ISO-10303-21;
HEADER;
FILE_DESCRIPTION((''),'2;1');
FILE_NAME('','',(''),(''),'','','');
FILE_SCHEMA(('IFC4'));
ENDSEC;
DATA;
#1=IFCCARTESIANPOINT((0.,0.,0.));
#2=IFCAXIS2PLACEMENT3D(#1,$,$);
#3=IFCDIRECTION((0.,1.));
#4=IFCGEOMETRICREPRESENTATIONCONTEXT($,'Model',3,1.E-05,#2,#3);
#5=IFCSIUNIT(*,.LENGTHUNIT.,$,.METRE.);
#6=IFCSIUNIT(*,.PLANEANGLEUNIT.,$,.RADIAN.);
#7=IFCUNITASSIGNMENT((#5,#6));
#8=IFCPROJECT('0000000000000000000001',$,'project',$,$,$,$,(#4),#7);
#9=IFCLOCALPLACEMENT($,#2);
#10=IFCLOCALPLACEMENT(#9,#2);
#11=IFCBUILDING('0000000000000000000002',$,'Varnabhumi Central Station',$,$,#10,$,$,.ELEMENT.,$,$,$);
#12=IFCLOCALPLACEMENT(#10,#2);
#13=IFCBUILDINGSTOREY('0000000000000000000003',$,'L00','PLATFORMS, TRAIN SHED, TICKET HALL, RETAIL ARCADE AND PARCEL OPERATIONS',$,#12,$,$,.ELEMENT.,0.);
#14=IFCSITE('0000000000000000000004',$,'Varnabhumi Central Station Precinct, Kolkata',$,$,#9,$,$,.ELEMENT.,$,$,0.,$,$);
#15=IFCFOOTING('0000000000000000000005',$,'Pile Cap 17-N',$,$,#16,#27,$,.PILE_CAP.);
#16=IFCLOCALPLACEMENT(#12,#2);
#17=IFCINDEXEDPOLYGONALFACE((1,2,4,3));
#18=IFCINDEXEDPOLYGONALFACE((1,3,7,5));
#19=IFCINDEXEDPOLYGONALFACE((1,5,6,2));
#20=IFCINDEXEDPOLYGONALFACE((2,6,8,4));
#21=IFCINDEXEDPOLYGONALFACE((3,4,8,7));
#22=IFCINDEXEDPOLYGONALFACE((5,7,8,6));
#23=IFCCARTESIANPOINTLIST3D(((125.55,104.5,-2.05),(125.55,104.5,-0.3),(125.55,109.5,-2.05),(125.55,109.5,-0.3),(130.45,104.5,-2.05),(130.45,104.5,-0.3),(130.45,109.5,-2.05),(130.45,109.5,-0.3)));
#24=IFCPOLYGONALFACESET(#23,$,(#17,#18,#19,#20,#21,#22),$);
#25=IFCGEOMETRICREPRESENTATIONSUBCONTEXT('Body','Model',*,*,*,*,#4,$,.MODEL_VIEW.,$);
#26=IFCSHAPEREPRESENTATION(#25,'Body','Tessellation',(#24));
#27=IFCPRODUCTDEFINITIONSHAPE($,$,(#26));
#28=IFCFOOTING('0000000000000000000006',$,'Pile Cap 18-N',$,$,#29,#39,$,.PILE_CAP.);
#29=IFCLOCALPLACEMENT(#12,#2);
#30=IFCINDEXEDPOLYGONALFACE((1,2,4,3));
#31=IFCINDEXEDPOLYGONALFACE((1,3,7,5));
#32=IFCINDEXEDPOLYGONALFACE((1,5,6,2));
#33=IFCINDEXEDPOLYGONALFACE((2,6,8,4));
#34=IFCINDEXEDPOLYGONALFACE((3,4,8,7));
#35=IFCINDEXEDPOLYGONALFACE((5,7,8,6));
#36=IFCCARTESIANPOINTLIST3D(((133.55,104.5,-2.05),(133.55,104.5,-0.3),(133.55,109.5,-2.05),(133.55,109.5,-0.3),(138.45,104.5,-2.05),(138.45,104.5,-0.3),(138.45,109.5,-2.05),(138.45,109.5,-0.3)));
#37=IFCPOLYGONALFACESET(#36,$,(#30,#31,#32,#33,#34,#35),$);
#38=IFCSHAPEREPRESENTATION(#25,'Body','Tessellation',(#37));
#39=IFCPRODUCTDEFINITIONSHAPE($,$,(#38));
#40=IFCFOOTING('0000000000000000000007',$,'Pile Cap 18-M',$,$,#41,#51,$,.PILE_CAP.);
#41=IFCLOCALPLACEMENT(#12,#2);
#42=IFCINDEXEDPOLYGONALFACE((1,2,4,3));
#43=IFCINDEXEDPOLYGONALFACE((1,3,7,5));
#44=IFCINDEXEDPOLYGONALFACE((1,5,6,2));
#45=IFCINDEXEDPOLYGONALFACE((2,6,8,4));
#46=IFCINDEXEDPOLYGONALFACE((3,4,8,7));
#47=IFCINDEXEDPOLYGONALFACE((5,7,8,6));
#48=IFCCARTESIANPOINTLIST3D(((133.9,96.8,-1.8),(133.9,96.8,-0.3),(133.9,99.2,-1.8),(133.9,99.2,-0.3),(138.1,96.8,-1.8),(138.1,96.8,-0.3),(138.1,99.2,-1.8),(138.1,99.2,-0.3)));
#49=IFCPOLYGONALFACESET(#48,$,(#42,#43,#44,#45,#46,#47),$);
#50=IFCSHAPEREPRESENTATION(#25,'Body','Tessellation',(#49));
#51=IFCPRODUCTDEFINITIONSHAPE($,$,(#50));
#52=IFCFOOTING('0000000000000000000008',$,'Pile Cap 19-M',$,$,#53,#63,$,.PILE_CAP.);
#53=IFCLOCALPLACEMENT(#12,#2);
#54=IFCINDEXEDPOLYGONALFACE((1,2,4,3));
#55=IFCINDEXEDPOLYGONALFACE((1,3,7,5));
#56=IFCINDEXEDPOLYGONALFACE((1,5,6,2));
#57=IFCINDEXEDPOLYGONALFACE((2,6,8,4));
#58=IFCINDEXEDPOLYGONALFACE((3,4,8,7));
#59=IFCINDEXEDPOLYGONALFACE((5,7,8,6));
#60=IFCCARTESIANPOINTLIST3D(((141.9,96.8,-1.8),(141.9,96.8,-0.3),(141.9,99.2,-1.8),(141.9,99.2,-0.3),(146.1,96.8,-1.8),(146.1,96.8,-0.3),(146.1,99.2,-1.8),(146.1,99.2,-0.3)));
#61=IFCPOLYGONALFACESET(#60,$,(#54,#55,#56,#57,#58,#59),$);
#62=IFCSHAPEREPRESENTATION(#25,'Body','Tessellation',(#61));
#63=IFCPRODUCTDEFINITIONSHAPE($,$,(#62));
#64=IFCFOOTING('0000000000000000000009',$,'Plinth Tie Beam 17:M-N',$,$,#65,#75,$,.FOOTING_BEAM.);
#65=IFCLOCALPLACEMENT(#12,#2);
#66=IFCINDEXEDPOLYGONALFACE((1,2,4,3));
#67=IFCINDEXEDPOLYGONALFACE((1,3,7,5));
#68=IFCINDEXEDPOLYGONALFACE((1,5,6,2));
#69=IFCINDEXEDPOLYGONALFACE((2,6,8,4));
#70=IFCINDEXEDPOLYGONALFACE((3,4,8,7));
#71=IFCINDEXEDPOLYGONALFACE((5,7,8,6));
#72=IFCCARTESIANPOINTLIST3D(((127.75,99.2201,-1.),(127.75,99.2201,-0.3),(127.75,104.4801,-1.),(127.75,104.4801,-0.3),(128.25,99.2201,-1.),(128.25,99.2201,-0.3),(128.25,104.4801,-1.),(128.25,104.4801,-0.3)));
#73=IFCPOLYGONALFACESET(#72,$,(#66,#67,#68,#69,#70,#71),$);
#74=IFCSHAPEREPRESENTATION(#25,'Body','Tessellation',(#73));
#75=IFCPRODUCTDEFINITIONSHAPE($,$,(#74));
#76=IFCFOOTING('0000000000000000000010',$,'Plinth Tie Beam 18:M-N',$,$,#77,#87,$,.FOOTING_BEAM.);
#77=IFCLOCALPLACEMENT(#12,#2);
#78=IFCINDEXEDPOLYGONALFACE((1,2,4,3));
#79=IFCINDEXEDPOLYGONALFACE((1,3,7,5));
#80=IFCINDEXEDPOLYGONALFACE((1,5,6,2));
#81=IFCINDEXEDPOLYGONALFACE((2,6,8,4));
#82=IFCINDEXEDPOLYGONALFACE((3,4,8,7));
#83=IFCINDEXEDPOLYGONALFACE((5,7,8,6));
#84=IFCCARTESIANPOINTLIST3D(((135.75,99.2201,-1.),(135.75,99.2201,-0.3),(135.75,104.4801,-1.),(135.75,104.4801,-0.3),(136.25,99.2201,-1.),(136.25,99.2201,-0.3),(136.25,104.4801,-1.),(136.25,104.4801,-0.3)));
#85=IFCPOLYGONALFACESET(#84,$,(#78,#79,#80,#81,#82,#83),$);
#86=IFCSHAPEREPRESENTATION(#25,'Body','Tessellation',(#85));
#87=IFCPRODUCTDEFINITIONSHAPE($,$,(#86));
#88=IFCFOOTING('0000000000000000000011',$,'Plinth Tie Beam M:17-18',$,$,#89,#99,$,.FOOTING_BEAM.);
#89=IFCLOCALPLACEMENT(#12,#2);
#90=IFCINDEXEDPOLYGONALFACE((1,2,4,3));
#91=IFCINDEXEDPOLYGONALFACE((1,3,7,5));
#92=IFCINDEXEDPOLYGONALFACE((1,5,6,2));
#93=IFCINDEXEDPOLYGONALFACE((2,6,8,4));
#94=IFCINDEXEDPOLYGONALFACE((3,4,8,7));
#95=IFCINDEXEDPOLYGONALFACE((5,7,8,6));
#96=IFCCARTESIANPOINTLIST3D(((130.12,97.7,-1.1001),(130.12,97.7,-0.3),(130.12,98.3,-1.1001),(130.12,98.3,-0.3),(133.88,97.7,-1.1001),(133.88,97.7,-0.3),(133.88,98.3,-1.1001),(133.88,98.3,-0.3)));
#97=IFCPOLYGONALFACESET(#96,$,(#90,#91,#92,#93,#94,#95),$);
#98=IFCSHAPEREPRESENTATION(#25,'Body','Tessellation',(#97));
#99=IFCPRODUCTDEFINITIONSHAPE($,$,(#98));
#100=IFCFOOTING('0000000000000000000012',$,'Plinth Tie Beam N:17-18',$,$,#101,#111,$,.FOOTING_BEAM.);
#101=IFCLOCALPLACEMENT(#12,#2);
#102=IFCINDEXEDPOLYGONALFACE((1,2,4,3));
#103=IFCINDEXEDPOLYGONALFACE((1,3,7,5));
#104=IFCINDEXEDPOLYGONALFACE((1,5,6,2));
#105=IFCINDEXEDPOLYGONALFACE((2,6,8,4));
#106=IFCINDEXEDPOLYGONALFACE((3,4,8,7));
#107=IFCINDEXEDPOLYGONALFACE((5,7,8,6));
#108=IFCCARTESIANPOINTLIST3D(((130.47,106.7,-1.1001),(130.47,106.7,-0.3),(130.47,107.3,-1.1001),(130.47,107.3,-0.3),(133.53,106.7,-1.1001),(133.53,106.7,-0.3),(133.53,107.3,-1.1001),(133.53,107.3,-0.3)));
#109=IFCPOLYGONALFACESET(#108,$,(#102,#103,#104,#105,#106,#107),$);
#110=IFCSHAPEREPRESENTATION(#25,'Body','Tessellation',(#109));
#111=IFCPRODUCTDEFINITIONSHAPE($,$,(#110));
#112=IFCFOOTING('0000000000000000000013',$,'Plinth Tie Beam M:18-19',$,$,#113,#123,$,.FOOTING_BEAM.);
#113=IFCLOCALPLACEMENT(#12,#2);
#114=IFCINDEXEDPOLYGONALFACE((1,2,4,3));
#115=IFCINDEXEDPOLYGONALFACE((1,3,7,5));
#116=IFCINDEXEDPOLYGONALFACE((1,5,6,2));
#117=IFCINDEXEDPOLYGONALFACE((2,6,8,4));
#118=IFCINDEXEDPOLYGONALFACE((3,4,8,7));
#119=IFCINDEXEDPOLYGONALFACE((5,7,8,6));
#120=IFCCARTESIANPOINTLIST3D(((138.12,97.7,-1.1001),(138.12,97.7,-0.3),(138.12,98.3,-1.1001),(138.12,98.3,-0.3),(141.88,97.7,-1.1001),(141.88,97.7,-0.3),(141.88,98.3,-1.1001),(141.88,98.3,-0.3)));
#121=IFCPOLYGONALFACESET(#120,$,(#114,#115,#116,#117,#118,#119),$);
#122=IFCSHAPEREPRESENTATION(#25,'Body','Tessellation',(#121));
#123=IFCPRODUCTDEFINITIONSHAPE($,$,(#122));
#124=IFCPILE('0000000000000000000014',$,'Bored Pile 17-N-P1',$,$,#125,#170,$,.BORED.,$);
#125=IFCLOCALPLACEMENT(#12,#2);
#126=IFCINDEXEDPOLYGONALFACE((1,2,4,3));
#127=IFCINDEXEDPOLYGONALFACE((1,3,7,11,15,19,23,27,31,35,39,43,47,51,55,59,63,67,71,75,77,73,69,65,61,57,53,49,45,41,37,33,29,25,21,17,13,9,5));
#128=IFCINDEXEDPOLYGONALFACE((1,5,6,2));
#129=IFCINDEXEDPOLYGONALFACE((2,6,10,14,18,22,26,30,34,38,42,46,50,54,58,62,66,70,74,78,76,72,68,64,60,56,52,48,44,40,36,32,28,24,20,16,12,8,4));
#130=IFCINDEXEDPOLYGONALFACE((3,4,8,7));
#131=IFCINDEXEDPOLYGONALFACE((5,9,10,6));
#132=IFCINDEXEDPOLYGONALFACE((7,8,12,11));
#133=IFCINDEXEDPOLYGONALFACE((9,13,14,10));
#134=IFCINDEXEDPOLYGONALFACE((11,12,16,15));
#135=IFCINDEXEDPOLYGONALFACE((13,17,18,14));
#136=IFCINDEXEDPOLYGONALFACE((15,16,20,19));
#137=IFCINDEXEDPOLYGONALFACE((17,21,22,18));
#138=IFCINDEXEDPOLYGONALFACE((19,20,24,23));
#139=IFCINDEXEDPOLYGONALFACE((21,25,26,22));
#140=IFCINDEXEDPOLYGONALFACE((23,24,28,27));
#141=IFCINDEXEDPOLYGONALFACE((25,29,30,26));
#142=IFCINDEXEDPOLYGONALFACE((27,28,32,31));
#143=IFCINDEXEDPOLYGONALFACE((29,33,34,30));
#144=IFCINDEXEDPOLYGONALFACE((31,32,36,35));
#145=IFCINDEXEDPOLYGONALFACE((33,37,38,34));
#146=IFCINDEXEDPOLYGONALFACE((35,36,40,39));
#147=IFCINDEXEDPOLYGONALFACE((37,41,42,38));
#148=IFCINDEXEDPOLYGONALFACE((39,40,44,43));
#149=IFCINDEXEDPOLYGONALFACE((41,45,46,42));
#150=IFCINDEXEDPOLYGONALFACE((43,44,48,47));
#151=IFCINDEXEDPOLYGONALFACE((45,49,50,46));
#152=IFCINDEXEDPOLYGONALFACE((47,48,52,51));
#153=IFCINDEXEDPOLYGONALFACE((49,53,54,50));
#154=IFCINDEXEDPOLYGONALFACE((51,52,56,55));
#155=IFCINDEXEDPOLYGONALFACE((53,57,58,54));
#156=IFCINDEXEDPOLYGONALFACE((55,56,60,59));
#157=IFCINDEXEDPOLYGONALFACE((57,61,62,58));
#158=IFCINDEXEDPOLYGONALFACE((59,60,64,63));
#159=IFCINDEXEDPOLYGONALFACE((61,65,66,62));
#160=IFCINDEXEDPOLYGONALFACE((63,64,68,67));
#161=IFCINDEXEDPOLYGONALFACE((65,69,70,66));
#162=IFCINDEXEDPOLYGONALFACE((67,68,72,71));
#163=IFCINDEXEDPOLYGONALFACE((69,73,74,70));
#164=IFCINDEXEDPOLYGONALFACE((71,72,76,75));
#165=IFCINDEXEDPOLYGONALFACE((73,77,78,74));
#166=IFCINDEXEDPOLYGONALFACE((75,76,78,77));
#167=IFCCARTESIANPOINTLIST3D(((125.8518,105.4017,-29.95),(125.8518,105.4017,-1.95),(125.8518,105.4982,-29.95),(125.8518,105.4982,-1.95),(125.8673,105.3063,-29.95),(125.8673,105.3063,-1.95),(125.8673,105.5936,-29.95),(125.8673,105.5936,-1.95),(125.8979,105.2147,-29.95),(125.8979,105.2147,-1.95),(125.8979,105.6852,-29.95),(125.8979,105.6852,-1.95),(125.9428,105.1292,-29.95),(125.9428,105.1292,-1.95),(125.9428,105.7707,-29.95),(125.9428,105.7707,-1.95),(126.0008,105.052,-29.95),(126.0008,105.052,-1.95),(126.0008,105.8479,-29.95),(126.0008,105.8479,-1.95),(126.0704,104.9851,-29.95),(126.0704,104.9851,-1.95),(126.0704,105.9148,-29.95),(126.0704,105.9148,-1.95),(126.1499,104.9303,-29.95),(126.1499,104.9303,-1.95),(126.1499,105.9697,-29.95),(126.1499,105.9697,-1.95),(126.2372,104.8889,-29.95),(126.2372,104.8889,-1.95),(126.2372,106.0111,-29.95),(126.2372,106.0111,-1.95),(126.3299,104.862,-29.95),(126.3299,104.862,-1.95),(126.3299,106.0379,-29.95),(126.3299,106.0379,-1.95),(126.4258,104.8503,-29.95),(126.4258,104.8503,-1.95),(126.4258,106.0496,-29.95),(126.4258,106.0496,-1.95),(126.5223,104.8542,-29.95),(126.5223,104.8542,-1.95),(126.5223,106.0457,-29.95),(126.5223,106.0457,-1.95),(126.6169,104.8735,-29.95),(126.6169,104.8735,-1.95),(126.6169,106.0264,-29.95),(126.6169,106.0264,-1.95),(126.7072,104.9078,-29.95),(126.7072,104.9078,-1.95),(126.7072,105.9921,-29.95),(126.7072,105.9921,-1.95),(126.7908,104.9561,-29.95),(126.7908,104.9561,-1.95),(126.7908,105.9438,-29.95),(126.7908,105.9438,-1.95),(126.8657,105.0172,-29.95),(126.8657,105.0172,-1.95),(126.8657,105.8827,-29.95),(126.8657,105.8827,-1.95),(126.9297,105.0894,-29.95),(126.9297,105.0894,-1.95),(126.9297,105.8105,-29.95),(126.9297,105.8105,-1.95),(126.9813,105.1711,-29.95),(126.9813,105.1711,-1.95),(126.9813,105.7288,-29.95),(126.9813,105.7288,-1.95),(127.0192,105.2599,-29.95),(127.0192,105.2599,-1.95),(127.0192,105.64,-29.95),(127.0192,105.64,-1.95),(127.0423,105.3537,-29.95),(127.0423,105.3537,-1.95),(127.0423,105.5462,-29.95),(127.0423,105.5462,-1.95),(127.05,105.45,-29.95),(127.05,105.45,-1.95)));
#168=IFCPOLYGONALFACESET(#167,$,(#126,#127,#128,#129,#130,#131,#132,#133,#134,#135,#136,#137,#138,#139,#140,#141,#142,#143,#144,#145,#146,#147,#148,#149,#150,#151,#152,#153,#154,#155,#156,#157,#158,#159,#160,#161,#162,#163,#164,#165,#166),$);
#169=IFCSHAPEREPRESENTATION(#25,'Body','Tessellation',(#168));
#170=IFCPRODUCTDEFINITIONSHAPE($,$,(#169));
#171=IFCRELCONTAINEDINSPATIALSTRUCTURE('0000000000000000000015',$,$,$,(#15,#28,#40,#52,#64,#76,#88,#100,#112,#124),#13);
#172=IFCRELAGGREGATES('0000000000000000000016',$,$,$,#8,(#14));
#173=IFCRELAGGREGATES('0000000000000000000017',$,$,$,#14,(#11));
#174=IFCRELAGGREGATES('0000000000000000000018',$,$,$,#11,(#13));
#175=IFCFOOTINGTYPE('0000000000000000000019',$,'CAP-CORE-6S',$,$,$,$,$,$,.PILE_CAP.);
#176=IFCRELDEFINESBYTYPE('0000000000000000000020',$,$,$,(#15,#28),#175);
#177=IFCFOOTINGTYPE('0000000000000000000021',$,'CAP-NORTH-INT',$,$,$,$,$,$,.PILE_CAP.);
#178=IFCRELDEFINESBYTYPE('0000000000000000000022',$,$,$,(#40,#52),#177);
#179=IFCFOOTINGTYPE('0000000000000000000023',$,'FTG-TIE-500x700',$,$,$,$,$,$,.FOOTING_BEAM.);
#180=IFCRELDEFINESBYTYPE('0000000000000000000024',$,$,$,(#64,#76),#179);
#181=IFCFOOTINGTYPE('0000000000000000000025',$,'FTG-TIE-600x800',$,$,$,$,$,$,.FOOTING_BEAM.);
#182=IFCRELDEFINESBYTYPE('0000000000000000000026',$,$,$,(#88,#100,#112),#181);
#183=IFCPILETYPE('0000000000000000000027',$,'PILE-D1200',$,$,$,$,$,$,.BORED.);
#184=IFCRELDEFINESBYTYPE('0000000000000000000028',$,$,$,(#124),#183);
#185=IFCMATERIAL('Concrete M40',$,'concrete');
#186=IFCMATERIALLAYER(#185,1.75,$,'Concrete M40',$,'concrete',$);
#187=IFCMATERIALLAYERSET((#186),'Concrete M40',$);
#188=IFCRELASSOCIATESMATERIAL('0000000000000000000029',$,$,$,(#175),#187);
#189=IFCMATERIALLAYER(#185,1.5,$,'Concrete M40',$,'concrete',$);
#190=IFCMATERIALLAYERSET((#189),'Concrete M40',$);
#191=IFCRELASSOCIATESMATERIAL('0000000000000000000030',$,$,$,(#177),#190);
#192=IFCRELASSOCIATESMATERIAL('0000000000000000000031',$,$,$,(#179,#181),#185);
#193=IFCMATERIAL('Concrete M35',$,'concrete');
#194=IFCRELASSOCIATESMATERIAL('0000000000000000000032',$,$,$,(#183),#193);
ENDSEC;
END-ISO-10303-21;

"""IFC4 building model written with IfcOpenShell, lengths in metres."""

from ifc_helpers import new_model, si_unit, direction, frame, origin, origin_2d, place, context, subcontext, project, spatial, rectangle, circle, extrude, material, layer, layer_set, material_profile, profile_set, type_object, element, save


model = new_model("IFC4")

# Units and contexts
model_context = context("Model", 3, precision=1e-05, world=origin(), true_north=direction((0.0, 1.0)))
body_context = subcontext(model_context, "Body", "Model", "MODEL_VIEW")
ifc_project = project(units=[si_unit("LENGTHUNIT", "METRE"), si_unit("PLANEANGLEUNIT", "RADIAN")], contexts=[model_context])

# Site, building, storey
site_placement = place(None, origin())
site = spatial("IfcSite", under=ifc_project, at=site_placement, Name="Varnabhumi Central Station Precinct, Kolkata", CompositionType="ELEMENT", RefElevation=0.0)
building_placement = place(site_placement, origin())
building = spatial("IfcBuilding", under=site, at=building_placement, Name="Varnabhumi Central Station", CompositionType="ELEMENT")
storey_placement = place(building_placement, origin())
storey = spatial("IfcBuildingStorey", under=building, at=storey_placement, Name="L00", Description="PLATFORMS, TRAIN SHED, TICKET HALL, RETAIL ARCADE AND PARCEL OPERATIONS", CompositionType="ELEMENT", Elevation=0.0)

# Footings
ifc_material_1 = material(Name="Concrete M40", Category="concrete")
ifc_layer_1 = layer(ifc_material_1, 1.75, Name="Concrete M40", Category="concrete")
ifc_layer_set_1 = layer_set([ifc_layer_1], Name="Concrete M40")
footing_type_1 = type_object("IfcFootingType", Name="CAP-CORE-6S", PredefinedType="PILE_CAP", material=ifc_layer_set_1)
for number, where, z_axis, x_axis, name in (
    (1, (128.0, 107.0, -2.05), (0.0, 0.0, 1.0), (1.0, 0.0, 0.0), "Pile Cap 17-N"),
    (2, (136.0, 107.0, -2.05), (0.0, 0.0, 1.0), (1.0, 0.0, 0.0), "Pile Cap 18-N"),
):
    element("IfcFooting", number, at=place(storey_placement, frame(where, z_axis=z_axis, x_axis=x_axis)), inside=storey, type_object=footing_type_1, Name=name, PredefinedType="PILE_CAP", context=body_context, shape_type="SweptSolid", body=[
        extrude(rectangle(XDim=4.8999, YDim=5.0, at=origin_2d()), origin(), (0.0, 0.0, 1.0), 1.75),
    ])
ifc_layer_2 = layer(ifc_material_1, 1.5, Name="Concrete M40", Category="concrete")
ifc_layer_set_2 = layer_set([ifc_layer_2], Name="Concrete M40")
footing_type_2 = type_object("IfcFootingType", Name="CAP-NORTH-INT", PredefinedType="PILE_CAP", material=ifc_layer_set_2)
for number, where, z_axis, x_axis, name in (
    (3, (136.0, 98.0, -1.8), (0.0, 0.0, 1.0), (1.0, 0.0, 0.0), "Pile Cap 18-M"),
    (4, (144.0, 98.0, -1.8), (0.0, 0.0, 1.0), (1.0, 0.0, 0.0), "Pile Cap 19-M"),
):
    element("IfcFooting", number, at=place(storey_placement, frame(where, z_axis=z_axis, x_axis=x_axis)), inside=storey, type_object=footing_type_2, Name=name, PredefinedType="PILE_CAP", context=body_context, shape_type="SweptSolid", body=[
        extrude(rectangle(XDim=4.2, YDim=2.3999, at=origin_2d()), origin(), (0.0, 0.0, 1.0), 1.5),
    ])
footing_type_3 = type_object("IfcFootingType", Name="FTG-TIE-500x700", PredefinedType="FOOTING_BEAM", material=ifc_material_1)
for number, where, z_axis, x_axis, name in (
    (5, (128.0, 101.8501, -1.0), (0.0, 0.0, 1.0), (1.0, 0.0, 0.0), "Plinth Tie Beam 17:M-N"),
    (6, (136.0, 101.8501, -1.0), (0.0, 0.0, 1.0), (1.0, 0.0, 0.0), "Plinth Tie Beam 18:M-N"),
):
    element("IfcFooting", number, at=place(storey_placement, frame(where, z_axis=z_axis, x_axis=x_axis)), inside=storey, type_object=footing_type_3, Name=name, PredefinedType="FOOTING_BEAM", context=body_context, shape_type="SweptSolid", body=[
        extrude(rectangle(XDim=0.5, YDim=5.26, at=origin_2d()), origin(), (0.0, 0.0, 1.0), 0.7),
    ])
footing_type_4 = type_object("IfcFootingType", Name="FTG-TIE-600x800", PredefinedType="FOOTING_BEAM", material=ifc_material_1)
footing_1_placement = place(storey_placement, frame((132.0, 98.0, -1.1001), z_axis=(0.0, 0.0, 1.0), x_axis=(1.0, 0.0, 0.0)))
element("IfcFooting", 7, at=footing_1_placement, inside=storey, type_object=footing_type_4, Name="Plinth Tie Beam M:17-18", PredefinedType="FOOTING_BEAM", context=body_context, shape_type="SweptSolid", body=[
    extrude(rectangle(XDim=3.76, YDim=0.6001, at=origin_2d()), origin(), (0.0, 0.0, 1.0), 0.8),
])
footing_2_placement = place(storey_placement, frame((132.0, 107.0, -1.1001), z_axis=(0.0, 0.0, 1.0), x_axis=(1.0, 0.0, 0.0)))
element("IfcFooting", 8, at=footing_2_placement, inside=storey, type_object=footing_type_4, Name="Plinth Tie Beam N:17-18", PredefinedType="FOOTING_BEAM", context=body_context, shape_type="SweptSolid", body=[
    extrude(rectangle(XDim=3.0601, YDim=0.6001, at=origin_2d()), origin(), (0.0, 0.0, 1.0), 0.8),
])
footing_3_placement = place(storey_placement, frame((140.0, 98.0, -1.1001), z_axis=(0.0, 0.0, 1.0), x_axis=(1.0, 0.0, 0.0)))
element("IfcFooting", 9, at=footing_3_placement, inside=storey, type_object=footing_type_4, Name="Plinth Tie Beam M:18-19", PredefinedType="FOOTING_BEAM", context=body_context, shape_type="SweptSolid", body=[
    extrude(rectangle(XDim=3.76, YDim=0.6001, at=origin_2d()), origin(), (0.0, 0.0, 1.0), 0.8),
])

# Pile
ifc_material_2 = material(Name="Concrete M35", Category="concrete")
ifc_material_profile_1 = material_profile(ifc_material_2, circle(Radius=0.6001, at=origin_2d()), Name="Concrete M35", Category="concrete")
ifc_profile_set_1 = profile_set([ifc_material_profile_1], Name="Concrete M35")
pile_type_1 = type_object("IfcPileType", Name="PILE-D1200", PredefinedType="BORED", material=ifc_profile_set_1)
for number, where, z_axis, x_axis, name in (
    (10, (126.45, 105.45, -1.95), (0.0, 0.0, -1.0), (1.0, 0.0, 0.0), "Bored Pile 17-N-P1"),
):
    element("IfcPile", number, at=place(storey_placement, frame(where, z_axis=z_axis, x_axis=x_axis)), inside=storey, type_object=pile_type_1, Name=name, PredefinedType="BORED", context=body_context, shape_type="SweptSolid", body=[
        extrude(circle(Radius=0.6001, at=origin_2d()), origin(), (0.0, 0.0, 1.0), 28.0),
    ])

save(model, "model.ifc")
